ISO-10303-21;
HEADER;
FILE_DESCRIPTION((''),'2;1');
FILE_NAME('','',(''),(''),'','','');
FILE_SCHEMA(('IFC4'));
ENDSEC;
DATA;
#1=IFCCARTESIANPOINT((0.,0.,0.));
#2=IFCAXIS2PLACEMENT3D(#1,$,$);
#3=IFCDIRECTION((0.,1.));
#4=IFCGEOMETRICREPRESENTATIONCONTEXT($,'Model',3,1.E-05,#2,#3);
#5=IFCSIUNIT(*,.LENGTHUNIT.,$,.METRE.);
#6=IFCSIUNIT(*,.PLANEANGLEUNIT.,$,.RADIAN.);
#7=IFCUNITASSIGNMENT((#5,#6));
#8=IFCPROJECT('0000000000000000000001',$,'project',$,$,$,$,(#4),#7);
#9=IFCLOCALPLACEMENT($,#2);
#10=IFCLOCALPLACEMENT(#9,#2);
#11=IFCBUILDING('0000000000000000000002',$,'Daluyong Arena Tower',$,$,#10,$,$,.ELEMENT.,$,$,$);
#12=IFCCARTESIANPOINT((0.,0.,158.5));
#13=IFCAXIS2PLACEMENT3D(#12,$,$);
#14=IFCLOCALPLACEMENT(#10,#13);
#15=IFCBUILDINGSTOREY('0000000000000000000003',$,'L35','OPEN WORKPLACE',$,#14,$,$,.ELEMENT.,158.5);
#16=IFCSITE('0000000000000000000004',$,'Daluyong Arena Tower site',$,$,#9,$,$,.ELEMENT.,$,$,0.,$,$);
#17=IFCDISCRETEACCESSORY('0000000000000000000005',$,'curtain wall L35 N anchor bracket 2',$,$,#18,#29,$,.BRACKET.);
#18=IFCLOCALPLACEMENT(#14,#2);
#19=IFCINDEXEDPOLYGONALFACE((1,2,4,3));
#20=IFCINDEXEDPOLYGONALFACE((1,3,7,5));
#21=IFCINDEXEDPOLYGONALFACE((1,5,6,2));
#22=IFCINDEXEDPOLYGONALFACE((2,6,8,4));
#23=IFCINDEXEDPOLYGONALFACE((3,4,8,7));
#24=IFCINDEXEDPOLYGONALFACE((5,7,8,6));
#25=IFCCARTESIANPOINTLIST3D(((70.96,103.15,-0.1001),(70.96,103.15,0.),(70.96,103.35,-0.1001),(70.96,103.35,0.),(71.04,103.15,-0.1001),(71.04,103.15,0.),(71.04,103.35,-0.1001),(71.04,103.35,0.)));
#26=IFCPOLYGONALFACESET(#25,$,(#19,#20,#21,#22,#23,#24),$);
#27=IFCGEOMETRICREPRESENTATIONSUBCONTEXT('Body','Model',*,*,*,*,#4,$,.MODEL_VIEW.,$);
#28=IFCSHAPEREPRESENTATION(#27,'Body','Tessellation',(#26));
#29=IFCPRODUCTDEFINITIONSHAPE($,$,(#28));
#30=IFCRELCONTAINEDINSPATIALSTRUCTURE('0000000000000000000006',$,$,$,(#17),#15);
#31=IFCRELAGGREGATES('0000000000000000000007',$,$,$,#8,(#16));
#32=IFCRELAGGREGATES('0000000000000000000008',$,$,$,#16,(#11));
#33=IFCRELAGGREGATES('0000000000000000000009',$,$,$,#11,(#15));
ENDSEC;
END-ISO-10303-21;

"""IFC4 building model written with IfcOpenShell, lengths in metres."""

from ifc_helpers import new_model, si_unit, direction, frame, origin, origin_2d, place, context, subcontext, project, spatial, rectangle, extrude, element, save


model = new_model("IFC4")

# Units and contexts
model_context = context("Model", 3, precision=1e-05, world=origin(), true_north=direction((0.0, 1.0)))
body_context = subcontext(model_context, "Body", "Model", "MODEL_VIEW")
ifc_project = project(units=[si_unit("LENGTHUNIT", "METRE"), si_unit("PLANEANGLEUNIT", "RADIAN")], contexts=[model_context])

# Site, building, storey
site_placement = place(None, origin())
site = spatial("IfcSite", under=ifc_project, at=site_placement, Name="Daluyong Arena Tower site", CompositionType="ELEMENT", RefElevation=0.0)
building_placement = place(site_placement, origin())
building = spatial("IfcBuilding", under=site, at=building_placement, Name="Daluyong Arena Tower", CompositionType="ELEMENT")
storey_placement = place(building_placement, frame((0.0, 0.0, 158.5)))
storey = spatial("IfcBuildingStorey", under=building, at=storey_placement, Name="L35", Description="OPEN WORKPLACE", CompositionType="ELEMENT", Elevation=158.5)

# Discrete accessory
discrete_accessory_placement = place(storey_placement, frame((71.0, 103.25, -0.1001), z_axis=(0.0, 0.0, 1.0), x_axis=(-1.0, 0.0, 0.0)))
element("IfcDiscreteAccessory", 1, at=discrete_accessory_placement, inside=storey, Name="curtain wall L35 N anchor bracket 2", PredefinedType="BRACKET", context=body_context, shape_type="SweptSolid", body=[
    extrude(rectangle(XDim=0.0801, YDim=0.2, at=origin_2d()), origin(), (0.0, 0.0, 1.0), 0.1001),
])

save(model, "model.ifc")
